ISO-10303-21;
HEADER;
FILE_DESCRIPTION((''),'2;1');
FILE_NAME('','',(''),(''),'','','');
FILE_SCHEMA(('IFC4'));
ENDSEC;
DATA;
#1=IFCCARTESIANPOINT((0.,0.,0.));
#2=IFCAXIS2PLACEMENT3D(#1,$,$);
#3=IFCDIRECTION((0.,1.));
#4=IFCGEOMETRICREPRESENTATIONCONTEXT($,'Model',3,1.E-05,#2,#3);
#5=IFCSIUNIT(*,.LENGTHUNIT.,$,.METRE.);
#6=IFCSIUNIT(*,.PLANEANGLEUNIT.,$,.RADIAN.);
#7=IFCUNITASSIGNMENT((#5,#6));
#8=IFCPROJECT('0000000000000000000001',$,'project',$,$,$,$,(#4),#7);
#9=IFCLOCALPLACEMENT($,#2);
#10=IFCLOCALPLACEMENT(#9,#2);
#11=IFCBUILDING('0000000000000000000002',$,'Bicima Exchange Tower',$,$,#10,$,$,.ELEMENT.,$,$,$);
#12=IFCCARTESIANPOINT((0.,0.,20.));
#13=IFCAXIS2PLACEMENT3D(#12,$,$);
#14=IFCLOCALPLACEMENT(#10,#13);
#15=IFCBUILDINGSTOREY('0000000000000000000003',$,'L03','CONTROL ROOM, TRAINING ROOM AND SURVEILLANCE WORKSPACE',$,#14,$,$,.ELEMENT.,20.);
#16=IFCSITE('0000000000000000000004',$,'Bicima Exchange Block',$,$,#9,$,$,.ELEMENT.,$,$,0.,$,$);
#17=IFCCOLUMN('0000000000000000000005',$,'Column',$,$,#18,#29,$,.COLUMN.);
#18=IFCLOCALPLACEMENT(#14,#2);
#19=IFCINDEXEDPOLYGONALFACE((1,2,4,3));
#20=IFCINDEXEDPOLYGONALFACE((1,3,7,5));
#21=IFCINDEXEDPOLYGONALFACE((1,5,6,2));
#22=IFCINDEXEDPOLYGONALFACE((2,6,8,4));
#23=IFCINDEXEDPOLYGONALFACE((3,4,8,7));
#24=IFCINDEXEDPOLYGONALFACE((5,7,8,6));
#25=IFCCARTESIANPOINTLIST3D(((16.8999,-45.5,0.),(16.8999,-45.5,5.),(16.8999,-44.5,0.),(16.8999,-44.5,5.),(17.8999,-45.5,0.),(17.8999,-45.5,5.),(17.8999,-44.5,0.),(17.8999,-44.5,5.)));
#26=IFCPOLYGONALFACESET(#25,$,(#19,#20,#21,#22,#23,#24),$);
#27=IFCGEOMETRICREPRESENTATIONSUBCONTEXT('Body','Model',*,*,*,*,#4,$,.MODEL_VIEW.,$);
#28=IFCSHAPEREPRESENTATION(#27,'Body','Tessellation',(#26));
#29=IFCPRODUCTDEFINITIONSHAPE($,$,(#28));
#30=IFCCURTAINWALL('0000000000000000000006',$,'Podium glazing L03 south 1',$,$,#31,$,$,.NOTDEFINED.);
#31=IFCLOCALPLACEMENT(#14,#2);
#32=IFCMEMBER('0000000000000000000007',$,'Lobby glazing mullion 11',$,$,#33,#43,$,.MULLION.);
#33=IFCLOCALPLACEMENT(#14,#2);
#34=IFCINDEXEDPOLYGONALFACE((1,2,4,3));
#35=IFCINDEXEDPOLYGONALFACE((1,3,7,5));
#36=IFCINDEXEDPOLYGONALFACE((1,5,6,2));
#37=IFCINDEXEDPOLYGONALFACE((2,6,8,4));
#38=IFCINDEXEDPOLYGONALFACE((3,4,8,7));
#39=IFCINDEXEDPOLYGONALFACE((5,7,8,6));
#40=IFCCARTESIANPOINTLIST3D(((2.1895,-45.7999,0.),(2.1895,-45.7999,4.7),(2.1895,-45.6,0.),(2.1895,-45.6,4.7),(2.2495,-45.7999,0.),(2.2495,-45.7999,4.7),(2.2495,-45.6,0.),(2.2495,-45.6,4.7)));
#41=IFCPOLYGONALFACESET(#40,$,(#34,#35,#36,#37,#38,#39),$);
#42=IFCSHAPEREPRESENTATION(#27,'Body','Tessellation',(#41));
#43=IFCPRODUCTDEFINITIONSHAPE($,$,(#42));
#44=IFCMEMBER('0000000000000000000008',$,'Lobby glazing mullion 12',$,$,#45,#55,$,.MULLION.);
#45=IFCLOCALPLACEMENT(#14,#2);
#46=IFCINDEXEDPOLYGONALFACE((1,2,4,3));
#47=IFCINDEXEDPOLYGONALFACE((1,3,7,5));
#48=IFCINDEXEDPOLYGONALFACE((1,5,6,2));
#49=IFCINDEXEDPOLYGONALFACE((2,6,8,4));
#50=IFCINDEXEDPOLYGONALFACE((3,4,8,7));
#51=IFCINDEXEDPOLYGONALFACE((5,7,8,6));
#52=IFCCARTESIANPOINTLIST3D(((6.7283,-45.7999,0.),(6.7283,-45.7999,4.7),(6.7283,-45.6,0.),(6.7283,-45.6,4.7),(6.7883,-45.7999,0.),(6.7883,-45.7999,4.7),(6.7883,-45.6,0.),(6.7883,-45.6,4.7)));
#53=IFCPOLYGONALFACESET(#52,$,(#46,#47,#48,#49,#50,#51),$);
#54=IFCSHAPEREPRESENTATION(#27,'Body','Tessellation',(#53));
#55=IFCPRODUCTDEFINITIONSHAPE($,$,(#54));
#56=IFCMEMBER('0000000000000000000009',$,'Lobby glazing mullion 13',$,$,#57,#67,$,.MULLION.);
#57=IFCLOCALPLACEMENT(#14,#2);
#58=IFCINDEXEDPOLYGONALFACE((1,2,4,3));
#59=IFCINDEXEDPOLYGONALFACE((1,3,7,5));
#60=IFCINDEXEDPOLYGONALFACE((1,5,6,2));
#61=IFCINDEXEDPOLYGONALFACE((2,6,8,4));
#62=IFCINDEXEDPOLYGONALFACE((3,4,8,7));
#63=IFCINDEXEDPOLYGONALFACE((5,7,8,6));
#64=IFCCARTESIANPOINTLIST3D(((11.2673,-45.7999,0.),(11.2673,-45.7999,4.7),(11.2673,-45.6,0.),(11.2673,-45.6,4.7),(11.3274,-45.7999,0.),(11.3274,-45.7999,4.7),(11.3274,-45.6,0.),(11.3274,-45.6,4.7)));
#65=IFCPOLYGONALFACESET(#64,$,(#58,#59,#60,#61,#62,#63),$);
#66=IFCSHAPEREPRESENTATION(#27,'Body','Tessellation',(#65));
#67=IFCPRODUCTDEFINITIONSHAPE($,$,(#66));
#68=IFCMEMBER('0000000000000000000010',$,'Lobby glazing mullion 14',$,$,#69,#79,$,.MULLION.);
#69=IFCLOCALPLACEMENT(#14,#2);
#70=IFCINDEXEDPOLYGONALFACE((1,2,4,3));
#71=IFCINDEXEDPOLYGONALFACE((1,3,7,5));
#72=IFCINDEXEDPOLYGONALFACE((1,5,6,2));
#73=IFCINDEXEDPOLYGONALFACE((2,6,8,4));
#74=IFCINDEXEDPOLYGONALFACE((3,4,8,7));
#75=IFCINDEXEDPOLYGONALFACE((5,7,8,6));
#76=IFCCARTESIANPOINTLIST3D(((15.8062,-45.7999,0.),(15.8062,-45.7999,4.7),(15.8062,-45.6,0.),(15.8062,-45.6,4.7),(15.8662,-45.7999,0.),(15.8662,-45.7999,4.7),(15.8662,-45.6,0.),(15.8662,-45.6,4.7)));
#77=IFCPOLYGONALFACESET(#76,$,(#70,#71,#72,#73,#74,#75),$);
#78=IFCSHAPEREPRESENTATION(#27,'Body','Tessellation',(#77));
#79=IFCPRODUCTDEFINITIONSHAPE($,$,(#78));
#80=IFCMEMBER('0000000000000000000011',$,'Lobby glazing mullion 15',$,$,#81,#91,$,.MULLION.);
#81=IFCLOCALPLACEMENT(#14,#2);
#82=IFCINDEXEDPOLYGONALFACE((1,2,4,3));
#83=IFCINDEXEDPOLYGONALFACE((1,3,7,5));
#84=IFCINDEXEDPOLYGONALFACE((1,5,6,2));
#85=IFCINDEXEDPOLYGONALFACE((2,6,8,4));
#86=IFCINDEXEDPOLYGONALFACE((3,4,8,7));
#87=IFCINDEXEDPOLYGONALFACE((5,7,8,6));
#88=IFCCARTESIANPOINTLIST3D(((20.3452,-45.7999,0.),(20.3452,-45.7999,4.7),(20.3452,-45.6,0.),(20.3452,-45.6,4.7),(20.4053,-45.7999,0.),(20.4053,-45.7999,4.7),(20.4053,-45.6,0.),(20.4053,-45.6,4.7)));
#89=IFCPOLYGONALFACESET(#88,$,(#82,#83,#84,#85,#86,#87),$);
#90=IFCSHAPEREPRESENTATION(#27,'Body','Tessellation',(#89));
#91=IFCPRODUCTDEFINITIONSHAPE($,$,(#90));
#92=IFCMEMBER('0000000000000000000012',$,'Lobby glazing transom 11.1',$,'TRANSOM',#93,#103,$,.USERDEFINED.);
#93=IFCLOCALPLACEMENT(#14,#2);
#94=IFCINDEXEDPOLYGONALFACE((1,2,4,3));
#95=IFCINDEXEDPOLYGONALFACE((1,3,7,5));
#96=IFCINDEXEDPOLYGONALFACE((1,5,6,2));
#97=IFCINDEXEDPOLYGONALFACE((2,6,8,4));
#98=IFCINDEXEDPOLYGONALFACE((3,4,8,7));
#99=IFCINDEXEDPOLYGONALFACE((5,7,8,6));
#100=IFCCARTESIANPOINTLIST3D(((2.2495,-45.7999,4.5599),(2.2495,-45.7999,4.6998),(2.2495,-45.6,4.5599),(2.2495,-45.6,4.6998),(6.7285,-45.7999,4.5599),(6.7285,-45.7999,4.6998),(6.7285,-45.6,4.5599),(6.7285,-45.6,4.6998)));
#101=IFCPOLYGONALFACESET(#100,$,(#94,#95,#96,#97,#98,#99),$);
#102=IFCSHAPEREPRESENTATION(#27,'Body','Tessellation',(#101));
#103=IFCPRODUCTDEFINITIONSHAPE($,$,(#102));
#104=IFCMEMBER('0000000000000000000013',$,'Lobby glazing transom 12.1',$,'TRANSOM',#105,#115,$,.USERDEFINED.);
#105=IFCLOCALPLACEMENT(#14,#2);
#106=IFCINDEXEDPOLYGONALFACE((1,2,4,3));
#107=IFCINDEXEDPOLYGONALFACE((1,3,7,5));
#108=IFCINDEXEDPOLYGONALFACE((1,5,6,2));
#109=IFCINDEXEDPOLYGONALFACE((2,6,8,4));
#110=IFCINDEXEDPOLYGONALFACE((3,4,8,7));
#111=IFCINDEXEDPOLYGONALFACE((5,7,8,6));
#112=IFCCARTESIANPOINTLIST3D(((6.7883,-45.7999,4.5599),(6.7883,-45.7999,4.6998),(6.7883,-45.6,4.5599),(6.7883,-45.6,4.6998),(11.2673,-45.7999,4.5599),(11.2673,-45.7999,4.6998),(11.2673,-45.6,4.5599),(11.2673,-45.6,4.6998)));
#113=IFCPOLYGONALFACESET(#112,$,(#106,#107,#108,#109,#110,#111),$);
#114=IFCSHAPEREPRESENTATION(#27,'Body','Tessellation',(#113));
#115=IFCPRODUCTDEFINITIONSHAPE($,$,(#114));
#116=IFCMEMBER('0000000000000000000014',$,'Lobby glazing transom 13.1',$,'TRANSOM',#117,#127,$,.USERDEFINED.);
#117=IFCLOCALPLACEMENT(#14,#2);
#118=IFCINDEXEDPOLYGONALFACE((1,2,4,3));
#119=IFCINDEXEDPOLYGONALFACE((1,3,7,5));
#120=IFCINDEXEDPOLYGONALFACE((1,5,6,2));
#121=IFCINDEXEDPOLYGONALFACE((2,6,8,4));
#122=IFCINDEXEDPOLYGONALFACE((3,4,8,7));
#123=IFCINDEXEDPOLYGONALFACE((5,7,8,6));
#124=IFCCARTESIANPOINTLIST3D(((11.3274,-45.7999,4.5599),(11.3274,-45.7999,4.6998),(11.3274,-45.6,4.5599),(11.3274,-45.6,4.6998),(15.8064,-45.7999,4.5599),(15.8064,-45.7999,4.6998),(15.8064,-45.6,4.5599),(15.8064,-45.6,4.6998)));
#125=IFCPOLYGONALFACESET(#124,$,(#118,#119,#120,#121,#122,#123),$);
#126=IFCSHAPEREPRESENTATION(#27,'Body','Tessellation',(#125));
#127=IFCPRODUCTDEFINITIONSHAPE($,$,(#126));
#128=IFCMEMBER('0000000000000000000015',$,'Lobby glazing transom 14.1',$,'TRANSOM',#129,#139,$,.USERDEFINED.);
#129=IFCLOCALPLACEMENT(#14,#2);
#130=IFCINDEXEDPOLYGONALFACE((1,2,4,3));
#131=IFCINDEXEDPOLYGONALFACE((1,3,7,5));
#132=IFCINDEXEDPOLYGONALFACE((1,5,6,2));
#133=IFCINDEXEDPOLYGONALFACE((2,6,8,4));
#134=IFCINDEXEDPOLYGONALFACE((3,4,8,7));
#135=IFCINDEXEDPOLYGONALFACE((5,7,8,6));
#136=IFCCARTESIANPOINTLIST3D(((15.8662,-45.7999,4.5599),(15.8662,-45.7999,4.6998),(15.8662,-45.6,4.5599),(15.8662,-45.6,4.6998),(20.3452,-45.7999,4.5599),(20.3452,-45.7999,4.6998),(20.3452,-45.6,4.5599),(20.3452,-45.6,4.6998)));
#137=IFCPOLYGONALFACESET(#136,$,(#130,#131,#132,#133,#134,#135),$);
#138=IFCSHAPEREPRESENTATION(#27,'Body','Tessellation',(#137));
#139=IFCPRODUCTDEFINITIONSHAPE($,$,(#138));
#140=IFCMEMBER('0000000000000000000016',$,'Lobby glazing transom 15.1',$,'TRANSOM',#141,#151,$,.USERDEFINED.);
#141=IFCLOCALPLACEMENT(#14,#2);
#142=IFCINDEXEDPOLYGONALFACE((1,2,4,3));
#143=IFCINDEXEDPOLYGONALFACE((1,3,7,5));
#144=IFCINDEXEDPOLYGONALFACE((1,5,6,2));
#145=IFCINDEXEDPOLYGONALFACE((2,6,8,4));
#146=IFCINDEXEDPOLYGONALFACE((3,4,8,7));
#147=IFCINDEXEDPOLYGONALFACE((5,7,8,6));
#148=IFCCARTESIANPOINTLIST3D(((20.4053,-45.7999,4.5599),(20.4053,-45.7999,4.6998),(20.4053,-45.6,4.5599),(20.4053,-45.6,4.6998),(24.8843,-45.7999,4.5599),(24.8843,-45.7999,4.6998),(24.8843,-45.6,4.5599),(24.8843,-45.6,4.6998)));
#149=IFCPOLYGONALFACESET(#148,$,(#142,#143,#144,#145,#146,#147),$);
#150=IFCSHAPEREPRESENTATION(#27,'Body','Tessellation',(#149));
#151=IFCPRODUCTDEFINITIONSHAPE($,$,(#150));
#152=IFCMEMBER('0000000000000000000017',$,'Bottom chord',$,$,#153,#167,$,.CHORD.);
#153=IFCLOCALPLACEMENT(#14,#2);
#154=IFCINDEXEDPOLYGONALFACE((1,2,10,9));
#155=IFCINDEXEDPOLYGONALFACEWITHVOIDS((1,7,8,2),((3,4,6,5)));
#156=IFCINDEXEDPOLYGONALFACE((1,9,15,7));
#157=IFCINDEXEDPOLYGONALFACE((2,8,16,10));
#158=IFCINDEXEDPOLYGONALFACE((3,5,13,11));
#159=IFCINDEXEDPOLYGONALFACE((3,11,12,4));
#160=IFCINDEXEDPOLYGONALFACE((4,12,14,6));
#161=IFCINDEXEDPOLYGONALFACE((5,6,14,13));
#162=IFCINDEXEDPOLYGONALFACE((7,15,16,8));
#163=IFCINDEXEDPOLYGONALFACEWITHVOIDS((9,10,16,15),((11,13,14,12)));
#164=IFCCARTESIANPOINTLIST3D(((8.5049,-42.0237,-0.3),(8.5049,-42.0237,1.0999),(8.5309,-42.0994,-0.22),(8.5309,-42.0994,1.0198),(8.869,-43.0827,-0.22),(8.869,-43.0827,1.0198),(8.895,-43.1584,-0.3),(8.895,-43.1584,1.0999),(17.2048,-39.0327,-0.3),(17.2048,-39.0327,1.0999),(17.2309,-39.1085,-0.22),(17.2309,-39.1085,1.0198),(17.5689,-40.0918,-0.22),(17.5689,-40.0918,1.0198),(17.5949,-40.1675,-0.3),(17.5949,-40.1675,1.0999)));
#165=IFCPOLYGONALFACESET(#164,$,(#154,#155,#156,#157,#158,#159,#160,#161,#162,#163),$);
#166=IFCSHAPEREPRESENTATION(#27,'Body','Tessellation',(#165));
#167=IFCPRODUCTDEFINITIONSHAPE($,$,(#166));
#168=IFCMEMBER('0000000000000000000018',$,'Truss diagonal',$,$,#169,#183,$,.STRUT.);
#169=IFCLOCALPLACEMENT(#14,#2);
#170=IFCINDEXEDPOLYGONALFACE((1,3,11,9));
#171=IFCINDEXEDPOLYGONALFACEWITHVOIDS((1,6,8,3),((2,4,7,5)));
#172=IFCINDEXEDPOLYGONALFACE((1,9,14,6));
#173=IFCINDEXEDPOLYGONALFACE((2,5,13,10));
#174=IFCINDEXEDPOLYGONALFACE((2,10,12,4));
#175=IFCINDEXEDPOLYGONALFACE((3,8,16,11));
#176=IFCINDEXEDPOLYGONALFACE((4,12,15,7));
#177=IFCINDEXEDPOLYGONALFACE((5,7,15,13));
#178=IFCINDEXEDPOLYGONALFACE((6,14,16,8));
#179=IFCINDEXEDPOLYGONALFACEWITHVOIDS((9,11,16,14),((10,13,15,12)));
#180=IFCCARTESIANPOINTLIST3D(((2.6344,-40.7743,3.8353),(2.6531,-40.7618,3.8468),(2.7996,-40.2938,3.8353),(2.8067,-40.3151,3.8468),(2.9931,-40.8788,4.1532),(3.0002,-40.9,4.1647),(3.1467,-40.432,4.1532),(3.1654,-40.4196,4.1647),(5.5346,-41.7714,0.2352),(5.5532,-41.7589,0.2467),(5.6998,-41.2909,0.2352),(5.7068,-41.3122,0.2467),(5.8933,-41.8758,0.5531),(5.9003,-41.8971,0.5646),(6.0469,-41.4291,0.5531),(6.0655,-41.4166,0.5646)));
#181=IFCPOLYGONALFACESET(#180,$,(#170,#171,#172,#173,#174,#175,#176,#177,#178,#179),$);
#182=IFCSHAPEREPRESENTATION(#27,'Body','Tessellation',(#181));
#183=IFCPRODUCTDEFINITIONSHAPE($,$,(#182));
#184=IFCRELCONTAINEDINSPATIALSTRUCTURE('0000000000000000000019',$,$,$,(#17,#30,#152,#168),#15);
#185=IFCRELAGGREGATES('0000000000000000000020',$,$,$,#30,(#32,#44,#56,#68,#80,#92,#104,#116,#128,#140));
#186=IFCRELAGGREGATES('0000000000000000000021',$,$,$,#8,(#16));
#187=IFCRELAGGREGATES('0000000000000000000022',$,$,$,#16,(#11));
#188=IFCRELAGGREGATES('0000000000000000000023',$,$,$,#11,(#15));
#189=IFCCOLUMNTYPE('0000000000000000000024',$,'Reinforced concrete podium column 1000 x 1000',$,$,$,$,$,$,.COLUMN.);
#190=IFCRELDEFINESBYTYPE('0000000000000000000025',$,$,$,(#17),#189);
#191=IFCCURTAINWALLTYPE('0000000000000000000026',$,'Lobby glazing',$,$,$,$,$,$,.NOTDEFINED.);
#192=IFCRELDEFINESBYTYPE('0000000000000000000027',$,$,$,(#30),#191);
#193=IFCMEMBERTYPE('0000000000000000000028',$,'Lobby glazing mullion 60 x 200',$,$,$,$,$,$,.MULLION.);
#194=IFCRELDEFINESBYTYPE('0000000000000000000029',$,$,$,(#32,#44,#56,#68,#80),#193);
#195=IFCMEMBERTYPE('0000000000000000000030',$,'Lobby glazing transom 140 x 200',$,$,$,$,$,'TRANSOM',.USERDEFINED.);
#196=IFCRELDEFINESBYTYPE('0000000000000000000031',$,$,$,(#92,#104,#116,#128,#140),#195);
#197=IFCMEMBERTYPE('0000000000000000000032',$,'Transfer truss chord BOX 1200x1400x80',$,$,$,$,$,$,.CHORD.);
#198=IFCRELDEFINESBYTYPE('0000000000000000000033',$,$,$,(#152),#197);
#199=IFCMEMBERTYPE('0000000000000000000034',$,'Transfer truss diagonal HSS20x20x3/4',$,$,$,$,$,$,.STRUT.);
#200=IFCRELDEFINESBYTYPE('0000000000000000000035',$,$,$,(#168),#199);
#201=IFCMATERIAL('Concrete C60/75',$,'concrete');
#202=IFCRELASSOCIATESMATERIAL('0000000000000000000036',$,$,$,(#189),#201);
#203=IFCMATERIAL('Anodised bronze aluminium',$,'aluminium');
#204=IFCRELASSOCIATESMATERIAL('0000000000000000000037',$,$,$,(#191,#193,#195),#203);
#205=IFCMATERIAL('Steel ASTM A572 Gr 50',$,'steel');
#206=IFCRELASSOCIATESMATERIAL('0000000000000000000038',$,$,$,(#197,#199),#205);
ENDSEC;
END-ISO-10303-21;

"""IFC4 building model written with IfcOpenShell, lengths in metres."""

from ifc_helpers import new_model, si_unit, direction, frame, origin, origin_2d, place, context, subcontext, project, spatial, rectangle, hollow_rectangle, extrude, material, material_profile, profile_set, type_object, element, aggregate, save


model = new_model("IFC4")

# Units and contexts
model_context = context("Model", 3, precision=1e-05, world=origin(), true_north=direction((0.0, 1.0)))
body_context = subcontext(model_context, "Body", "Model", "MODEL_VIEW")
ifc_project = project(units=[si_unit("LENGTHUNIT", "METRE"), si_unit("PLANEANGLEUNIT", "RADIAN")], contexts=[model_context])

# Site, building, storey
site_placement = place(None, origin())
site = spatial("IfcSite", under=ifc_project, at=site_placement, Name="Bicima Exchange Block", CompositionType="ELEMENT", RefElevation=0.0)
building_placement = place(site_placement, origin())
building = spatial("IfcBuilding", under=site, at=building_placement, Name="Bicima Exchange Tower", CompositionType="ELEMENT")
storey_placement = place(building_placement, frame((0.0, 0.0, 20.0)))
storey = spatial("IfcBuildingStorey", under=building, at=storey_placement, Name="L03", Description="CONTROL ROOM, TRAINING ROOM AND SURVEILLANCE WORKSPACE", CompositionType="ELEMENT", Elevation=20.0)

# Column
ifc_material_1 = material(Name="Concrete C60/75", Category="concrete")
ifc_material_profile_1 = material_profile(ifc_material_1, rectangle(XDim=1.0, YDim=1.0, at=origin_2d()))
ifc_profile_set_1 = profile_set([ifc_material_profile_1], Name="Concrete C60/75")
column_type = type_object("IfcColumnType", Name="Reinforced concrete podium column 1000 x 1000", PredefinedType="COLUMN", material=ifc_profile_set_1)
column_placement = place(storey_placement, frame((17.3999, -45.0, 0.0), z_axis=(0.0, 0.0, 1.0), x_axis=(1.0, 0.0, 0.0)))
element("IfcColumn", 1, at=column_placement, inside=storey, type_object=column_type, Name="Column", PredefinedType="COLUMN", context=body_context, shape_type="SweptSolid", body=[
    extrude(rectangle(XDim=1.0, YDim=1.0, at=origin_2d()), origin(), (0.0, 0.0, 1.0), 5.0),
])

# Curtain wall, members
ifc_material_2 = material(Name="Anodised bronze aluminium", Category="aluminium")
curtain_wall_type = type_object("IfcCurtainWallType", Name="Lobby glazing", PredefinedType="NOTDEFINED", material=ifc_material_2)
curtain_wall_placement = place(storey_placement, origin())
curtain_wall = element("IfcCurtainWall", 2, at=curtain_wall_placement, inside=storey, type_object=curtain_wall_type, Name="Podium glazing L03 south 1", PredefinedType="NOTDEFINED")
ifc_material_profile_2 = material_profile(ifc_material_2, rectangle(XDim=0.2, YDim=0.0601, at=origin_2d()))
ifc_profile_set_2 = profile_set([ifc_material_profile_2], Name="Anodised bronze aluminium")
member_type_1 = type_object("IfcMemberType", Name="Lobby glazing mullion 60 x 200", PredefinedType="MULLION", material=ifc_profile_set_2)
member_1_placement = place(storey_placement, frame((2.2195, -45.7, 0.0), z_axis=(0.0, 0.0, 1.0), x_axis=(0.0, 1.0, 0.0)))
member_1 = element("IfcMember", 3, at=member_1_placement, type_object=member_type_1, Name="Lobby glazing mullion 11", PredefinedType="MULLION", context=body_context, shape_type="SweptSolid", body=[
    extrude(rectangle(XDim=0.2, YDim=0.0601, at=origin_2d()), origin(), (0.0, 0.0, 1.0), 4.7),
])
member_2_placement = place(storey_placement, frame((6.7583, -45.7, 0.0), z_axis=(0.0, 0.0, 1.0), x_axis=(0.0, 1.0, 0.0)))
member_2 = element("IfcMember", 4, at=member_2_placement, type_object=member_type_1, Name="Lobby glazing mullion 12", PredefinedType="MULLION", context=body_context, shape_type="SweptSolid", body=[
    extrude(rectangle(XDim=0.2, YDim=0.0601, at=origin_2d()), origin(), (0.0, 0.0, 1.0), 4.7),
])
member_3_placement = place(storey_placement, frame((11.2974, -45.7, 0.0), z_axis=(0.0, 0.0, 1.0), x_axis=(0.0, 1.0, 0.0)))
member_3 = element("IfcMember", 5, at=member_3_placement, type_object=member_type_1, Name="Lobby glazing mullion 13", PredefinedType="MULLION", context=body_context, shape_type="SweptSolid", body=[
    extrude(rectangle(XDim=0.2, YDim=0.0601, at=origin_2d()), origin(), (0.0, 0.0, 1.0), 4.7),
])
member_4_placement = place(storey_placement, frame((15.8362, -45.7, 0.0), z_axis=(0.0, 0.0, 1.0), x_axis=(0.0, 1.0, 0.0)))
member_4 = element("IfcMember", 6, at=member_4_placement, type_object=member_type_1, Name="Lobby glazing mullion 14", PredefinedType="MULLION", context=body_context, shape_type="SweptSolid", body=[
    extrude(rectangle(XDim=0.2, YDim=0.0601, at=origin_2d()), origin(), (0.0, 0.0, 1.0), 4.7),
])
member_5_placement = place(storey_placement, frame((20.3752, -45.7, 0.0), z_axis=(0.0, 0.0, 1.0), x_axis=(0.0, 1.0, 0.0)))
member_5 = element("IfcMember", 7, at=member_5_placement, type_object=member_type_1, Name="Lobby glazing mullion 15", PredefinedType="MULLION", context=body_context, shape_type="SweptSolid", body=[
    extrude(rectangle(XDim=0.2, YDim=0.0601, at=origin_2d()), origin(), (0.0, 0.0, 1.0), 4.7),
])
ifc_material_profile_3 = material_profile(ifc_material_2, rectangle(XDim=0.2, YDim=0.1399, at=origin_2d()))
ifc_profile_set_3 = profile_set([ifc_material_profile_3], Name="Anodised bronze aluminium")
member_type_2 = type_object("IfcMemberType", Name="Lobby glazing transom 140 x 200", ElementType="TRANSOM", PredefinedType="USERDEFINED", material=ifc_profile_set_3)
member_6_placement = place(storey_placement, frame((2.2495, -45.7, 4.6299), z_axis=(1.0, 0.0, 0.0), x_axis=(0.0, 1.0, 0.0)))
member_6 = element("IfcMember", 8, at=member_6_placement, type_object=member_type_2, Name="Lobby glazing transom 11.1", ObjectType="TRANSOM", PredefinedType="USERDEFINED", context=body_context, shape_type="SweptSolid", body=[
    extrude(rectangle(XDim=0.2, YDim=0.1399, at=origin_2d()), origin(), (0.0, 0.0, 1.0), 4.479),
])
member_7_placement = place(storey_placement, frame((6.7883, -45.7, 4.6299), z_axis=(1.0, 0.0, 0.0), x_axis=(0.0, 1.0, 0.0)))
member_7 = element("IfcMember", 9, at=member_7_placement, type_object=member_type_2, Name="Lobby glazing transom 12.1", ObjectType="TRANSOM", PredefinedType="USERDEFINED", context=body_context, shape_type="SweptSolid", body=[
    extrude(rectangle(XDim=0.2, YDim=0.1399, at=origin_2d()), origin(), (0.0, 0.0, 1.0), 4.479),
])
member_8_placement = place(storey_placement, frame((11.3274, -45.7, 4.6299), z_axis=(1.0, 0.0, 0.0), x_axis=(0.0, 1.0, 0.0)))
member_8 = element("IfcMember", 10, at=member_8_placement, type_object=member_type_2, Name="Lobby glazing transom 13.1", ObjectType="TRANSOM", PredefinedType="USERDEFINED", context=body_context, shape_type="SweptSolid", body=[
    extrude(rectangle(XDim=0.2, YDim=0.1399, at=origin_2d()), origin(), (0.0, 0.0, 1.0), 4.479),
])
member_9_placement = place(storey_placement, frame((15.8662, -45.7, 4.6299), z_axis=(1.0, 0.0, 0.0), x_axis=(0.0, 1.0, 0.0)))
member_9 = element("IfcMember", 11, at=member_9_placement, type_object=member_type_2, Name="Lobby glazing transom 14.1", ObjectType="TRANSOM", PredefinedType="USERDEFINED", context=body_context, shape_type="SweptSolid", body=[
    extrude(rectangle(XDim=0.2, YDim=0.1399, at=origin_2d()), origin(), (0.0, 0.0, 1.0), 4.479),
])
member_10_placement = place(storey_placement, frame((20.4053, -45.7, 4.6299), z_axis=(1.0, 0.0, 0.0), x_axis=(0.0, 1.0, 0.0)))
member_10 = element("IfcMember", 12, at=member_10_placement, type_object=member_type_2, Name="Lobby glazing transom 15.1", ObjectType="TRANSOM", PredefinedType="USERDEFINED", context=body_context, shape_type="SweptSolid", body=[
    extrude(rectangle(XDim=0.2, YDim=0.1399, at=origin_2d()), origin(), (0.0, 0.0, 1.0), 4.479),
])

# Members
ifc_material_3 = material(Name="Steel ASTM A572 Gr 50", Category="steel")
ifc_material_profile_4 = material_profile(ifc_material_3, hollow_rectangle(XDim=1.2, YDim=1.3999, WallThickness=0.0801, at=origin_2d()))
ifc_profile_set_4 = profile_set([ifc_material_profile_4], Name="Steel ASTM A572 Gr 50")
member_type_3 = type_object("IfcMemberType", Name="Transfer truss chord BOX 1200x1400x80", PredefinedType="CHORD", material=ifc_profile_set_4)
member_11_placement = place(storey_placement, frame((8.7, -42.5911, 0.3999), z_axis=(0.945675, 0.325115, 0.0), x_axis=(-0.325115, 0.945675, 0.0)))
element("IfcMember", 13, at=member_11_placement, inside=storey, type_object=member_type_3, Name="Bottom chord", PredefinedType="CHORD", context=body_context, shape_type="SweptSolid", body=[
    extrude(hollow_rectangle(XDim=1.2, YDim=1.3999, WallThickness=0.0801, at=origin_2d()), origin(), (0.0, 0.0, 1.0), 9.1997),
])
ifc_material_profile_5 = material_profile(ifc_material_3, hollow_rectangle(XDim=0.5081, YDim=0.5081, WallThickness=0.0178, at=origin_2d()))
ifc_profile_set_5 = profile_set([ifc_material_profile_5], Name="Steel ASTM A572 Gr 50")
member_type_4 = type_object("IfcMemberType", Name="Transfer truss diagonal HSS20x20x3/4", PredefinedType="STRUT", material=ifc_profile_set_5)
member_12_placement = place(storey_placement, frame((2.8999, -40.5969, 4.0), z_axis=(0.613237, -0.210831, -0.761242), x_axis=(0.325122, 0.945672, 0.0)))
element("IfcMember", 14, at=member_12_placement, inside=storey, type_object=member_type_4, Name="Truss diagonal", PredefinedType="STRUT", context=body_context, shape_type="SweptSolid", body=[
    extrude(hollow_rectangle(XDim=0.5081, YDim=0.5081, WallThickness=0.0178, at=origin_2d()), origin(), (0.0, 0.0, 1.0), 4.7292),
])

aggregate(curtain_wall, [member_1, member_2, member_3, member_4, member_5, member_6, member_7, member_8, member_9, member_10])

save(model, "model.ifc")
